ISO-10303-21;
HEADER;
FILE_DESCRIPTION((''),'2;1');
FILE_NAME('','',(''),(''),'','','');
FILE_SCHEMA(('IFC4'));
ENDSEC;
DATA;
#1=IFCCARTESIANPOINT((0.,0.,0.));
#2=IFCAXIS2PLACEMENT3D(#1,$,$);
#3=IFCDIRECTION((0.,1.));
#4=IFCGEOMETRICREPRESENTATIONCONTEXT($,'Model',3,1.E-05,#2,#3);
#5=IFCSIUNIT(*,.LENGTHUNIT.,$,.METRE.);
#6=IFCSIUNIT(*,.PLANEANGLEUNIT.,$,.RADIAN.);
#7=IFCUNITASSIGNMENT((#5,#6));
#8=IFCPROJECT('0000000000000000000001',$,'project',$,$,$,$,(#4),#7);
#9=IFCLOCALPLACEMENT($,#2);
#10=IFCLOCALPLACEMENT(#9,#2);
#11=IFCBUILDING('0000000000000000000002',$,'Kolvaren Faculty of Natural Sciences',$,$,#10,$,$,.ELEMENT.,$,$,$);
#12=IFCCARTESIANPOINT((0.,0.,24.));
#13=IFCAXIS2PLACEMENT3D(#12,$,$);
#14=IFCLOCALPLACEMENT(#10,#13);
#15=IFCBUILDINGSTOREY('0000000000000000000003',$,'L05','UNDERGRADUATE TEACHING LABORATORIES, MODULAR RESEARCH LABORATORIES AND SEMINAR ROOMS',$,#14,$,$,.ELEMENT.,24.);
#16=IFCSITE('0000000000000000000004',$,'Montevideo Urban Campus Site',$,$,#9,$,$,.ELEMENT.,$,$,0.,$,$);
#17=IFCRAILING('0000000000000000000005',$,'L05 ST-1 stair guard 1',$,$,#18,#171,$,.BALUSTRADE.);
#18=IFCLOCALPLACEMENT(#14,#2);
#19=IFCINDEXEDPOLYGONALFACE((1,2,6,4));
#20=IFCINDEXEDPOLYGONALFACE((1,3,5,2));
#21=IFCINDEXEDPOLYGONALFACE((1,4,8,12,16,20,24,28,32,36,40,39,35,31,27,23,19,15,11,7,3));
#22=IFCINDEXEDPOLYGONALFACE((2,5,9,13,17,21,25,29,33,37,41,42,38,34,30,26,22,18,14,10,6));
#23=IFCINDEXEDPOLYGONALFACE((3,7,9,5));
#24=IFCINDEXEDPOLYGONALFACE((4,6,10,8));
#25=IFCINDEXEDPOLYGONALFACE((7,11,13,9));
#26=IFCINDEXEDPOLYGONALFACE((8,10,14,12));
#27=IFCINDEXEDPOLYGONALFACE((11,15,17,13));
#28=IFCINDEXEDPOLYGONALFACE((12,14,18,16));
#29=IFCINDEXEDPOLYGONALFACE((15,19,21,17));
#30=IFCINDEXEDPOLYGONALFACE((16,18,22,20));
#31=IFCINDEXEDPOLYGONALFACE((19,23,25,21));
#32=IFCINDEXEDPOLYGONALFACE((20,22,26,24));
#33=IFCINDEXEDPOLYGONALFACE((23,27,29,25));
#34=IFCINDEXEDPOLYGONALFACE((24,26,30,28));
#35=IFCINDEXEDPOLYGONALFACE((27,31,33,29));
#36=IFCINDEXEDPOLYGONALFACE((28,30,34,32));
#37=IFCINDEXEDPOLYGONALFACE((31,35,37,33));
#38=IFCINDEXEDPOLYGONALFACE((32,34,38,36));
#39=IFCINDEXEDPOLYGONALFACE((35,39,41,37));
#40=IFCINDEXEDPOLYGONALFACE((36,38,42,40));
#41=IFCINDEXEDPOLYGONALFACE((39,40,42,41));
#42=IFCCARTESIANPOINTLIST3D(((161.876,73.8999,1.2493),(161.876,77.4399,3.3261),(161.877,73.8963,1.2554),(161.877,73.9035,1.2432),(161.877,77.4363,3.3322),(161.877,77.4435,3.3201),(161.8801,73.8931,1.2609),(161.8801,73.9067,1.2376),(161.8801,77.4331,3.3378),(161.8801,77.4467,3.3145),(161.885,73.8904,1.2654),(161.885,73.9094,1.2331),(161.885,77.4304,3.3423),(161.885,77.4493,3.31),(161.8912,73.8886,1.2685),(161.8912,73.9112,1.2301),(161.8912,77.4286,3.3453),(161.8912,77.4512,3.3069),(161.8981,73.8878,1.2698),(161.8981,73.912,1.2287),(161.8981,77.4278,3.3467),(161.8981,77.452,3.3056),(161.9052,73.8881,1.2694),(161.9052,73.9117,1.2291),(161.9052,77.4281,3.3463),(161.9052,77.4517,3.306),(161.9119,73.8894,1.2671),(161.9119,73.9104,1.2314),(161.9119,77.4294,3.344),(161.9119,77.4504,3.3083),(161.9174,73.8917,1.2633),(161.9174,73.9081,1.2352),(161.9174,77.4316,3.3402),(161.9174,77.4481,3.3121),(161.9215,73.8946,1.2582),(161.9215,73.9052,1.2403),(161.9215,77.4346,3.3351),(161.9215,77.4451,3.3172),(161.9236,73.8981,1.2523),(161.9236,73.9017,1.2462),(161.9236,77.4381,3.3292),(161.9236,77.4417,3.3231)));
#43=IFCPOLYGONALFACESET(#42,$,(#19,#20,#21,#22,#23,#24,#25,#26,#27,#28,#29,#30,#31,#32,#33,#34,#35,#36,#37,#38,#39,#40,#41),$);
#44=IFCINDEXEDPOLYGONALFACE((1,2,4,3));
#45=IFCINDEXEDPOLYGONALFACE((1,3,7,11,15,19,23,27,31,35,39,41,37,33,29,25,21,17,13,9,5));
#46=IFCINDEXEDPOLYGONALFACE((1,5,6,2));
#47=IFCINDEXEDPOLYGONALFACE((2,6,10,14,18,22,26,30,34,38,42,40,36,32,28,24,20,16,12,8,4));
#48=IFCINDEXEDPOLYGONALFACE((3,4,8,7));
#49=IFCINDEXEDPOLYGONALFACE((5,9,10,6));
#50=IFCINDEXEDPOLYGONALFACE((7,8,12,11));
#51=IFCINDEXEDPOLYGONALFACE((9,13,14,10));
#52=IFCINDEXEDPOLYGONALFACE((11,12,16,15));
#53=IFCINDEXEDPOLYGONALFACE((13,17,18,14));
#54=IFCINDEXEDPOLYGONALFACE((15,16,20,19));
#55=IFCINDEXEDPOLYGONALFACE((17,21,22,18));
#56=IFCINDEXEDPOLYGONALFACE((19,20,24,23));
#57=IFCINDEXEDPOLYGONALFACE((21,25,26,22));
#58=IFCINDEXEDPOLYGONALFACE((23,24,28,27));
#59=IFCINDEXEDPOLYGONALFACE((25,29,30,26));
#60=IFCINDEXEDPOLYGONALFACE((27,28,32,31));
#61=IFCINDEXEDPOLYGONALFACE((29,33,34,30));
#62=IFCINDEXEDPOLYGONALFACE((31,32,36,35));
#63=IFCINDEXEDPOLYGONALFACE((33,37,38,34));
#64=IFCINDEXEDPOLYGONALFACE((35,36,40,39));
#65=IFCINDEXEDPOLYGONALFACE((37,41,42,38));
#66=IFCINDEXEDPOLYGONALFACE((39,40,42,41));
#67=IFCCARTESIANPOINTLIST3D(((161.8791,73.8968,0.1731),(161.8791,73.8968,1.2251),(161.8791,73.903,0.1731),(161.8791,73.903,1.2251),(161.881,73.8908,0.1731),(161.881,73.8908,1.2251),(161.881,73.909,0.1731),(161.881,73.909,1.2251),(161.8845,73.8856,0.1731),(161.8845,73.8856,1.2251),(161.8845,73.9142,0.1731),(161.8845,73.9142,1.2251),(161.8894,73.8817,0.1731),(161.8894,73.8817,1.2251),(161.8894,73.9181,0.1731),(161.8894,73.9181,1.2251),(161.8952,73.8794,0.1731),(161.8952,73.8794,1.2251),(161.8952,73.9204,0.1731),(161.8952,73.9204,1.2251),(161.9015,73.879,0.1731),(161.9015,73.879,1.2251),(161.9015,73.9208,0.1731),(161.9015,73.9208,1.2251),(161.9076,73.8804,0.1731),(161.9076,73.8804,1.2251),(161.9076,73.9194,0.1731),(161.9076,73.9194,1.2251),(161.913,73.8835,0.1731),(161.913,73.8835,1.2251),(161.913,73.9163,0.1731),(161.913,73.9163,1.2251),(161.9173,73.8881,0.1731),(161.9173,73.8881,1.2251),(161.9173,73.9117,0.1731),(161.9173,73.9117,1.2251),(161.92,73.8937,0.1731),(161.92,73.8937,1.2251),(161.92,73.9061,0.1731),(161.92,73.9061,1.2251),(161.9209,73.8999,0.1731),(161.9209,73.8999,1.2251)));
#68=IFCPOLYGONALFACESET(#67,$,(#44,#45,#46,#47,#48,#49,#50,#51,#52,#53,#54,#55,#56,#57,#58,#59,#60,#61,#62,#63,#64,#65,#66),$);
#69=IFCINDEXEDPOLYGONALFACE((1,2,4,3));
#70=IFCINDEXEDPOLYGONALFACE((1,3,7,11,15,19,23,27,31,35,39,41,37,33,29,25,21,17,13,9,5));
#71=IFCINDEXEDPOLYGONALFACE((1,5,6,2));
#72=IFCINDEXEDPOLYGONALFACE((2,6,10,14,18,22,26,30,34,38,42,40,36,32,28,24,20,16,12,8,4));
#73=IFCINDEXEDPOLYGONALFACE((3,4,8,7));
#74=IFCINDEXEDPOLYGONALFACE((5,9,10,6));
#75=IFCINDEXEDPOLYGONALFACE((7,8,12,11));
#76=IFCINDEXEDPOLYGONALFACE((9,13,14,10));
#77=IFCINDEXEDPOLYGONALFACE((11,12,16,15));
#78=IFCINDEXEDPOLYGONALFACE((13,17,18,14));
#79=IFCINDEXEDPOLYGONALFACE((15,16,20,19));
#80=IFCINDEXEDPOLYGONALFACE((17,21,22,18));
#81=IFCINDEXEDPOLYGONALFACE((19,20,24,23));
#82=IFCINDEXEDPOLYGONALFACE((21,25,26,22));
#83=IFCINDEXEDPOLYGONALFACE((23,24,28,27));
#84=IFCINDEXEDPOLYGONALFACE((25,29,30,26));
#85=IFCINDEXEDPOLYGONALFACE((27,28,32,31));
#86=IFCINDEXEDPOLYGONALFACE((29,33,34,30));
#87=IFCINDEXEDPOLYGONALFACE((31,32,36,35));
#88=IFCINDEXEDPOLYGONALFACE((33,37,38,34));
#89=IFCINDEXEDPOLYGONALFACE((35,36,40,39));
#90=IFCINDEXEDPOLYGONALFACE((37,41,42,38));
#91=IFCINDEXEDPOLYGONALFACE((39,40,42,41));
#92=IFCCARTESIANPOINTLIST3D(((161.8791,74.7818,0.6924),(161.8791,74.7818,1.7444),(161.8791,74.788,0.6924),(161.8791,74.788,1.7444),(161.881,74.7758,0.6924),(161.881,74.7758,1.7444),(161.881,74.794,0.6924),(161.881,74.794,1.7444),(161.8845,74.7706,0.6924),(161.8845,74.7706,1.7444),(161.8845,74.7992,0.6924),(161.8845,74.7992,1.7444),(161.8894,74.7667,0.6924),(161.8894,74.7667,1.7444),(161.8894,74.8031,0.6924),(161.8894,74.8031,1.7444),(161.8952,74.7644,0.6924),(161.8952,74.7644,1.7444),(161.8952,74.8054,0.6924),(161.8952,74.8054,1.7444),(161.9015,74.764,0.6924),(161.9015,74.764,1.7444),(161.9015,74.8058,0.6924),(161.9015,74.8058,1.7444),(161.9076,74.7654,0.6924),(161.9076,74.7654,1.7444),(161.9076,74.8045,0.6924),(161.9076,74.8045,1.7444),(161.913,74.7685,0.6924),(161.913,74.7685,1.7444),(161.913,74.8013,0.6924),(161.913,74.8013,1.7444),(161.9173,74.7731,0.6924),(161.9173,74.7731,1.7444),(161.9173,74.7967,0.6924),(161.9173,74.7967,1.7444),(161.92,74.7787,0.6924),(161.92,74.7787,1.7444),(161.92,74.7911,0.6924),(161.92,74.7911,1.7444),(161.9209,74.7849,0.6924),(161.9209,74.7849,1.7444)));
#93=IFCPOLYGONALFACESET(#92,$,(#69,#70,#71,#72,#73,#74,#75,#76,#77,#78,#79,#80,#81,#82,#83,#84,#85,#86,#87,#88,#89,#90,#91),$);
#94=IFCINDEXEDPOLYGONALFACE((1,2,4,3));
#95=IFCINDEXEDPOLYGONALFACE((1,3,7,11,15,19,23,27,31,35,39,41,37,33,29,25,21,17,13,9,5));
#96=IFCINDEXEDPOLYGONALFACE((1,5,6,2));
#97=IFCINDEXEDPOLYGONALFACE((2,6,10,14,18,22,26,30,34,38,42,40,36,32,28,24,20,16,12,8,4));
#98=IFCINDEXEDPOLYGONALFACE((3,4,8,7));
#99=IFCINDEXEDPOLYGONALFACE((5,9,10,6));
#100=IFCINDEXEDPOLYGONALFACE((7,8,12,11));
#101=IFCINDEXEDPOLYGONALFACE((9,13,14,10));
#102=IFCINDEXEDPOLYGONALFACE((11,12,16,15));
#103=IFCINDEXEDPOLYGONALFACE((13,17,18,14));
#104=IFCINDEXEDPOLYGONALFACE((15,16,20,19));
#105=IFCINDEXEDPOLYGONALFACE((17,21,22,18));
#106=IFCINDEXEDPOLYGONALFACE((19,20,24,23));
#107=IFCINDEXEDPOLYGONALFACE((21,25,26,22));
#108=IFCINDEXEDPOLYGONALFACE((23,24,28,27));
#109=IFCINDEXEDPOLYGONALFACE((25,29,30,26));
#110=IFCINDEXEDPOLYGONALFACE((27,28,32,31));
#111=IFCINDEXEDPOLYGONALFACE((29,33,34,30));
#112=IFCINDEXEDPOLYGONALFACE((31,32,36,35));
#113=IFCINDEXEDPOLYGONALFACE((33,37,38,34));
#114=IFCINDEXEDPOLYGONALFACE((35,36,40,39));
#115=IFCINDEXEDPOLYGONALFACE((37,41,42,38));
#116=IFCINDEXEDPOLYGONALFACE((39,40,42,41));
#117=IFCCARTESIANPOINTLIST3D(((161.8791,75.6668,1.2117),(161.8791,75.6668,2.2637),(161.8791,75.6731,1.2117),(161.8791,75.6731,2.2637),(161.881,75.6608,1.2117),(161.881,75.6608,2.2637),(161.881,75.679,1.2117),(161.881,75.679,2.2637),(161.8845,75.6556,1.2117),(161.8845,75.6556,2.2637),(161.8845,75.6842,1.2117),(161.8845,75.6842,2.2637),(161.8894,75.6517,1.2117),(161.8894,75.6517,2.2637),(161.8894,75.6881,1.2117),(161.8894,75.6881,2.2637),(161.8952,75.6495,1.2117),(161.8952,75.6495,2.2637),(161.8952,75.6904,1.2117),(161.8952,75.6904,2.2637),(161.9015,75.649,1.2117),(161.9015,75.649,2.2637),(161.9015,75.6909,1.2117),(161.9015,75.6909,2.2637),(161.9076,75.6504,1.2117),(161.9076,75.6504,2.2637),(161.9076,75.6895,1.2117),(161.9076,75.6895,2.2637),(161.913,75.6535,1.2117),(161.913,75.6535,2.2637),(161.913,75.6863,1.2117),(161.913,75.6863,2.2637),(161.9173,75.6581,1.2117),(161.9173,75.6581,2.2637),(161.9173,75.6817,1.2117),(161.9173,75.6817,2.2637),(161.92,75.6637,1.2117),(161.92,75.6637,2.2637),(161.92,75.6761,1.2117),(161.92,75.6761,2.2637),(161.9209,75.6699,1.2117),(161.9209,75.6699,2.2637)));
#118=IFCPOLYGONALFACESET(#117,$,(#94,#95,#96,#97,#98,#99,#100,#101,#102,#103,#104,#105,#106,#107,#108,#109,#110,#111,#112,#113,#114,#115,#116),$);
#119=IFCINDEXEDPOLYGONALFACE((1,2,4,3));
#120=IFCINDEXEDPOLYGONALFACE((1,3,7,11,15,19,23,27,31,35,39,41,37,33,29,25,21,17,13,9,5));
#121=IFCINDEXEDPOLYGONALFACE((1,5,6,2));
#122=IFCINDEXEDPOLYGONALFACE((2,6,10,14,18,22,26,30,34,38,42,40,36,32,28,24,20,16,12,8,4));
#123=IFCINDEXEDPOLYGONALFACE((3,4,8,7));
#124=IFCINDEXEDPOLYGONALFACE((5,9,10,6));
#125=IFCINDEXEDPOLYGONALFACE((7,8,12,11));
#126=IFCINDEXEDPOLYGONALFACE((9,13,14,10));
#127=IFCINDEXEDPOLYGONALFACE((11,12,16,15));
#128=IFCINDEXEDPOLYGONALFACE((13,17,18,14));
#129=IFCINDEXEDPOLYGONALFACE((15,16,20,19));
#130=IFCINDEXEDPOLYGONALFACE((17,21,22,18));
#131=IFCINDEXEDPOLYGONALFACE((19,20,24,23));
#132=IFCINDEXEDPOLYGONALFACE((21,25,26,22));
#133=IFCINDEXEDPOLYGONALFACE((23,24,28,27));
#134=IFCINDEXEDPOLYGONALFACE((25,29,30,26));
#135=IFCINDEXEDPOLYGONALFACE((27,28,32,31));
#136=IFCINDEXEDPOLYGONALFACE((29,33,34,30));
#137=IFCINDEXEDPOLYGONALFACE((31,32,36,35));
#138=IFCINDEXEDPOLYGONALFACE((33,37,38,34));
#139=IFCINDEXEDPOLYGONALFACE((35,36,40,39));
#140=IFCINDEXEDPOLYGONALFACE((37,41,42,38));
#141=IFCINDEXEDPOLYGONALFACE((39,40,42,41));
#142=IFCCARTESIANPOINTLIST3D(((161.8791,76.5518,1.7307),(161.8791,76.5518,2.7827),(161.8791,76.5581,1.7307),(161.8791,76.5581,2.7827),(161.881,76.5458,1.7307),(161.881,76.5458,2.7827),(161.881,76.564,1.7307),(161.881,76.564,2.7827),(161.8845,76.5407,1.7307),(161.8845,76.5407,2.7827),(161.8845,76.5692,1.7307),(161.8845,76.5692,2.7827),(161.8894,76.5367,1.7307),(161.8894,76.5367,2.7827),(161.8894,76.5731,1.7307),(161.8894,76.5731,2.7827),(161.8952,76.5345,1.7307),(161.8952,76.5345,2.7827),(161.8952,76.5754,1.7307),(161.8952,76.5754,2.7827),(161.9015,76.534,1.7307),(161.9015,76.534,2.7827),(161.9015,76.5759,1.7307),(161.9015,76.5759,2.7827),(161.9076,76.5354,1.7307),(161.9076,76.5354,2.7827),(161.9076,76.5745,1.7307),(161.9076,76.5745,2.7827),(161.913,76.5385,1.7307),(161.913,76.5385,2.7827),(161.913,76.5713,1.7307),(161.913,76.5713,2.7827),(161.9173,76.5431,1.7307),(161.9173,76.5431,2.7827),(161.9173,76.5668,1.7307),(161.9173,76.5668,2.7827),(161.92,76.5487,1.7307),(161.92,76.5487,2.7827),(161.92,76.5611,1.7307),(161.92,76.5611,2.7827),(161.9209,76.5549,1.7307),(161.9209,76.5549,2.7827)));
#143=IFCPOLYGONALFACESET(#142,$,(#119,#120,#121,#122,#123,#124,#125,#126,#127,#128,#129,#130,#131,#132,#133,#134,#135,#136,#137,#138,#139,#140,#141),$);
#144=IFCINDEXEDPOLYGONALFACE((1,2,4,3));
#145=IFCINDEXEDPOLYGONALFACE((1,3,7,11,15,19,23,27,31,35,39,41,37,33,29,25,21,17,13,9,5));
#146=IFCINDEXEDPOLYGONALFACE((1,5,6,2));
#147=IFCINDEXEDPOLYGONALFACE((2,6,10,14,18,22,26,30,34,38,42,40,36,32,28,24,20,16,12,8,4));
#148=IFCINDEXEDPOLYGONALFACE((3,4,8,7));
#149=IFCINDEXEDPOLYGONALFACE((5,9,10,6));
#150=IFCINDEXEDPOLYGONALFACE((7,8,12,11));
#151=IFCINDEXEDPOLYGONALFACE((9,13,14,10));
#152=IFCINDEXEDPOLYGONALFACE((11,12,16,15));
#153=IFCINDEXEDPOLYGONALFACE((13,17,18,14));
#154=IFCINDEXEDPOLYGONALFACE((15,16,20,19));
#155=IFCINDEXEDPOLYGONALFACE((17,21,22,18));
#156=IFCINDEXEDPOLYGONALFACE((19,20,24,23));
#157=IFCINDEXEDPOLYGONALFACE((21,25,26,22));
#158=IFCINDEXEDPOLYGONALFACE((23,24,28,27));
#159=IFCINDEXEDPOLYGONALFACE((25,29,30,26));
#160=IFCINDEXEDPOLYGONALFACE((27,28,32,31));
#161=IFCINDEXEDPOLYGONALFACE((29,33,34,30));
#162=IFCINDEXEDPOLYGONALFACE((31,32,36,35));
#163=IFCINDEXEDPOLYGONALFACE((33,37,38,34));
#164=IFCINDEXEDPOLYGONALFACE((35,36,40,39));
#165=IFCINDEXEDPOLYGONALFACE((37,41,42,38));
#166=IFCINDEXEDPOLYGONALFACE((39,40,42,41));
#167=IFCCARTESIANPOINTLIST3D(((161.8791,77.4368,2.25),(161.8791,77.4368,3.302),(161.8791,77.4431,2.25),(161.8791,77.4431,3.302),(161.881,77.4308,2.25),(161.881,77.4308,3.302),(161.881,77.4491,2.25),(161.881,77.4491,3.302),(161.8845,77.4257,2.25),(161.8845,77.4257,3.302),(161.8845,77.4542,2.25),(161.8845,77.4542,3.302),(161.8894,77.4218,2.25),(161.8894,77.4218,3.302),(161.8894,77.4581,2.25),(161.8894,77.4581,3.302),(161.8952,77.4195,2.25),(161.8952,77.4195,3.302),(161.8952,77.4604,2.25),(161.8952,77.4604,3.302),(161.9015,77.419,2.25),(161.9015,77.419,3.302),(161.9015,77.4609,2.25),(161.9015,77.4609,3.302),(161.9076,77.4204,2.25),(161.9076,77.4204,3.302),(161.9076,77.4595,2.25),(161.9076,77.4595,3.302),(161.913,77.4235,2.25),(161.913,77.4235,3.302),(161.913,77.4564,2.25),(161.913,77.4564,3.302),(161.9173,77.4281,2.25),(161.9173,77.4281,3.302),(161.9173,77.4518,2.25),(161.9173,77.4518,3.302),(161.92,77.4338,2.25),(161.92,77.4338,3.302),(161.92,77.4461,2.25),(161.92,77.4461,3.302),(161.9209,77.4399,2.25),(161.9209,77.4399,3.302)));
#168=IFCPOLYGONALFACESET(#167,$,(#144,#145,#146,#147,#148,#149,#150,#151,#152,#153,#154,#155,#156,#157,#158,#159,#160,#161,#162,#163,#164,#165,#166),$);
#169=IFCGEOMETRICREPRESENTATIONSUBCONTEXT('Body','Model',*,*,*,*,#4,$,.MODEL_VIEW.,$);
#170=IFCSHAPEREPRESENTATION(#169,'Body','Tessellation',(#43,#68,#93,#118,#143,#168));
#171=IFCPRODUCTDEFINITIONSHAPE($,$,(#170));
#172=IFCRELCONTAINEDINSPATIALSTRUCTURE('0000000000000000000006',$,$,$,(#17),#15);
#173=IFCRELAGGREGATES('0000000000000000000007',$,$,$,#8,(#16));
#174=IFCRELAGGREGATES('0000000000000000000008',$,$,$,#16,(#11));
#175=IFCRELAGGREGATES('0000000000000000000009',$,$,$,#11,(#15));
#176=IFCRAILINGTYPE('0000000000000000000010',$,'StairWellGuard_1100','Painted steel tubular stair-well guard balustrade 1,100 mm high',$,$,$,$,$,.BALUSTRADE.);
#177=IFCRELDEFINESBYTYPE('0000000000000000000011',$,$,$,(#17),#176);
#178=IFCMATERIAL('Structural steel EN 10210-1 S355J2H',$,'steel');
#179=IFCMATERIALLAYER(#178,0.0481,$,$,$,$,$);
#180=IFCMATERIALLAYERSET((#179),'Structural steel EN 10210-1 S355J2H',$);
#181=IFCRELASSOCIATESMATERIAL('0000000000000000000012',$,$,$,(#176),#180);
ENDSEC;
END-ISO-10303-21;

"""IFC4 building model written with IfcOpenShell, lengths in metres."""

from ifc_helpers import new_model, si_unit, direction, frame, origin, origin_2d, place, context, subcontext, project, spatial, circle, extrude, material, layer, layer_set, type_object, element, save


model = new_model("IFC4")

# Units and contexts
model_context = context("Model", 3, precision=1e-05, world=origin(), true_north=direction((0.0, 1.0)))
body_context = subcontext(model_context, "Body", "Model", "MODEL_VIEW")
ifc_project = project(units=[si_unit("LENGTHUNIT", "METRE"), si_unit("PLANEANGLEUNIT", "RADIAN")], contexts=[model_context])

# Site, building, storey
site_placement = place(None, origin())
site = spatial("IfcSite", under=ifc_project, at=site_placement, Name="Montevideo Urban Campus Site", CompositionType="ELEMENT", RefElevation=0.0)
building_placement = place(site_placement, origin())
building = spatial("IfcBuilding", under=site, at=building_placement, Name="Kolvaren Faculty of Natural Sciences", CompositionType="ELEMENT")
storey_placement = place(building_placement, frame((0.0, 0.0, 24.0)))
storey = spatial("IfcBuildingStorey", under=building, at=storey_placement, Name="L05", Description="UNDERGRADUATE TEACHING LABORATORIES, MODULAR RESEARCH LABORATORIES AND SEMINAR ROOMS", CompositionType="ELEMENT", Elevation=24.0)

# Railing
ifc_material_1 = material(Name="Structural steel EN 10210-1 S355J2H", Category="steel")
ifc_layer_1 = layer(ifc_material_1, 0.0481)
ifc_layer_set_1 = layer_set([ifc_layer_1], Name="Structural steel EN 10210-1 S355J2H")
railing_type_1 = type_object("IfcRailingType", Name="StairWellGuard_1100", Description="Painted steel tubular stair-well guard balustrade 1,100 mm high", PredefinedType="BALUSTRADE", material=ifc_layer_set_1)
railing_1_placement = place(storey_placement, frame((161.8999, 73.8999, 0.1731)))
element("IfcRailing", 1, at=railing_1_placement, inside=storey, type_object=railing_type_1, Name="L05 ST-1 stair guard 1", PredefinedType="BALUSTRADE", context=body_context, shape_type="SweptSolid", body=[
    extrude(circle(Radius=0.0239, at=origin_2d()), frame((0.0, 0.0, 1.0762), z_axis=(0.0, 0.862516, 0.506029), x_axis=(-1.0, 0.0, 0.0)), (0.0, 0.0, 1.0), 4.1042),
    extrude(circle(Radius=0.021, at=origin_2d()), origin(), (0.0, 0.0, 1.0), 1.052),
    extrude(circle(Radius=0.021, at=origin_2d()), frame((0.0, 0.885, 0.5193)), (0.0, 0.0, 1.0), 1.052),
    extrude(circle(Radius=0.021, at=origin_2d()), frame((0.0, 1.77, 1.0386)), (0.0, 0.0, 1.0), 1.052),
    extrude(circle(Radius=0.021, at=origin_2d()), frame((0.0, 2.655, 1.5576)), (0.0, 0.0, 1.0), 1.052),
    extrude(circle(Radius=0.021, at=origin_2d()), frame((0.0, 3.54, 2.0769)), (0.0, 0.0, 1.0), 1.052),
])

save(model, "model.ifc")
